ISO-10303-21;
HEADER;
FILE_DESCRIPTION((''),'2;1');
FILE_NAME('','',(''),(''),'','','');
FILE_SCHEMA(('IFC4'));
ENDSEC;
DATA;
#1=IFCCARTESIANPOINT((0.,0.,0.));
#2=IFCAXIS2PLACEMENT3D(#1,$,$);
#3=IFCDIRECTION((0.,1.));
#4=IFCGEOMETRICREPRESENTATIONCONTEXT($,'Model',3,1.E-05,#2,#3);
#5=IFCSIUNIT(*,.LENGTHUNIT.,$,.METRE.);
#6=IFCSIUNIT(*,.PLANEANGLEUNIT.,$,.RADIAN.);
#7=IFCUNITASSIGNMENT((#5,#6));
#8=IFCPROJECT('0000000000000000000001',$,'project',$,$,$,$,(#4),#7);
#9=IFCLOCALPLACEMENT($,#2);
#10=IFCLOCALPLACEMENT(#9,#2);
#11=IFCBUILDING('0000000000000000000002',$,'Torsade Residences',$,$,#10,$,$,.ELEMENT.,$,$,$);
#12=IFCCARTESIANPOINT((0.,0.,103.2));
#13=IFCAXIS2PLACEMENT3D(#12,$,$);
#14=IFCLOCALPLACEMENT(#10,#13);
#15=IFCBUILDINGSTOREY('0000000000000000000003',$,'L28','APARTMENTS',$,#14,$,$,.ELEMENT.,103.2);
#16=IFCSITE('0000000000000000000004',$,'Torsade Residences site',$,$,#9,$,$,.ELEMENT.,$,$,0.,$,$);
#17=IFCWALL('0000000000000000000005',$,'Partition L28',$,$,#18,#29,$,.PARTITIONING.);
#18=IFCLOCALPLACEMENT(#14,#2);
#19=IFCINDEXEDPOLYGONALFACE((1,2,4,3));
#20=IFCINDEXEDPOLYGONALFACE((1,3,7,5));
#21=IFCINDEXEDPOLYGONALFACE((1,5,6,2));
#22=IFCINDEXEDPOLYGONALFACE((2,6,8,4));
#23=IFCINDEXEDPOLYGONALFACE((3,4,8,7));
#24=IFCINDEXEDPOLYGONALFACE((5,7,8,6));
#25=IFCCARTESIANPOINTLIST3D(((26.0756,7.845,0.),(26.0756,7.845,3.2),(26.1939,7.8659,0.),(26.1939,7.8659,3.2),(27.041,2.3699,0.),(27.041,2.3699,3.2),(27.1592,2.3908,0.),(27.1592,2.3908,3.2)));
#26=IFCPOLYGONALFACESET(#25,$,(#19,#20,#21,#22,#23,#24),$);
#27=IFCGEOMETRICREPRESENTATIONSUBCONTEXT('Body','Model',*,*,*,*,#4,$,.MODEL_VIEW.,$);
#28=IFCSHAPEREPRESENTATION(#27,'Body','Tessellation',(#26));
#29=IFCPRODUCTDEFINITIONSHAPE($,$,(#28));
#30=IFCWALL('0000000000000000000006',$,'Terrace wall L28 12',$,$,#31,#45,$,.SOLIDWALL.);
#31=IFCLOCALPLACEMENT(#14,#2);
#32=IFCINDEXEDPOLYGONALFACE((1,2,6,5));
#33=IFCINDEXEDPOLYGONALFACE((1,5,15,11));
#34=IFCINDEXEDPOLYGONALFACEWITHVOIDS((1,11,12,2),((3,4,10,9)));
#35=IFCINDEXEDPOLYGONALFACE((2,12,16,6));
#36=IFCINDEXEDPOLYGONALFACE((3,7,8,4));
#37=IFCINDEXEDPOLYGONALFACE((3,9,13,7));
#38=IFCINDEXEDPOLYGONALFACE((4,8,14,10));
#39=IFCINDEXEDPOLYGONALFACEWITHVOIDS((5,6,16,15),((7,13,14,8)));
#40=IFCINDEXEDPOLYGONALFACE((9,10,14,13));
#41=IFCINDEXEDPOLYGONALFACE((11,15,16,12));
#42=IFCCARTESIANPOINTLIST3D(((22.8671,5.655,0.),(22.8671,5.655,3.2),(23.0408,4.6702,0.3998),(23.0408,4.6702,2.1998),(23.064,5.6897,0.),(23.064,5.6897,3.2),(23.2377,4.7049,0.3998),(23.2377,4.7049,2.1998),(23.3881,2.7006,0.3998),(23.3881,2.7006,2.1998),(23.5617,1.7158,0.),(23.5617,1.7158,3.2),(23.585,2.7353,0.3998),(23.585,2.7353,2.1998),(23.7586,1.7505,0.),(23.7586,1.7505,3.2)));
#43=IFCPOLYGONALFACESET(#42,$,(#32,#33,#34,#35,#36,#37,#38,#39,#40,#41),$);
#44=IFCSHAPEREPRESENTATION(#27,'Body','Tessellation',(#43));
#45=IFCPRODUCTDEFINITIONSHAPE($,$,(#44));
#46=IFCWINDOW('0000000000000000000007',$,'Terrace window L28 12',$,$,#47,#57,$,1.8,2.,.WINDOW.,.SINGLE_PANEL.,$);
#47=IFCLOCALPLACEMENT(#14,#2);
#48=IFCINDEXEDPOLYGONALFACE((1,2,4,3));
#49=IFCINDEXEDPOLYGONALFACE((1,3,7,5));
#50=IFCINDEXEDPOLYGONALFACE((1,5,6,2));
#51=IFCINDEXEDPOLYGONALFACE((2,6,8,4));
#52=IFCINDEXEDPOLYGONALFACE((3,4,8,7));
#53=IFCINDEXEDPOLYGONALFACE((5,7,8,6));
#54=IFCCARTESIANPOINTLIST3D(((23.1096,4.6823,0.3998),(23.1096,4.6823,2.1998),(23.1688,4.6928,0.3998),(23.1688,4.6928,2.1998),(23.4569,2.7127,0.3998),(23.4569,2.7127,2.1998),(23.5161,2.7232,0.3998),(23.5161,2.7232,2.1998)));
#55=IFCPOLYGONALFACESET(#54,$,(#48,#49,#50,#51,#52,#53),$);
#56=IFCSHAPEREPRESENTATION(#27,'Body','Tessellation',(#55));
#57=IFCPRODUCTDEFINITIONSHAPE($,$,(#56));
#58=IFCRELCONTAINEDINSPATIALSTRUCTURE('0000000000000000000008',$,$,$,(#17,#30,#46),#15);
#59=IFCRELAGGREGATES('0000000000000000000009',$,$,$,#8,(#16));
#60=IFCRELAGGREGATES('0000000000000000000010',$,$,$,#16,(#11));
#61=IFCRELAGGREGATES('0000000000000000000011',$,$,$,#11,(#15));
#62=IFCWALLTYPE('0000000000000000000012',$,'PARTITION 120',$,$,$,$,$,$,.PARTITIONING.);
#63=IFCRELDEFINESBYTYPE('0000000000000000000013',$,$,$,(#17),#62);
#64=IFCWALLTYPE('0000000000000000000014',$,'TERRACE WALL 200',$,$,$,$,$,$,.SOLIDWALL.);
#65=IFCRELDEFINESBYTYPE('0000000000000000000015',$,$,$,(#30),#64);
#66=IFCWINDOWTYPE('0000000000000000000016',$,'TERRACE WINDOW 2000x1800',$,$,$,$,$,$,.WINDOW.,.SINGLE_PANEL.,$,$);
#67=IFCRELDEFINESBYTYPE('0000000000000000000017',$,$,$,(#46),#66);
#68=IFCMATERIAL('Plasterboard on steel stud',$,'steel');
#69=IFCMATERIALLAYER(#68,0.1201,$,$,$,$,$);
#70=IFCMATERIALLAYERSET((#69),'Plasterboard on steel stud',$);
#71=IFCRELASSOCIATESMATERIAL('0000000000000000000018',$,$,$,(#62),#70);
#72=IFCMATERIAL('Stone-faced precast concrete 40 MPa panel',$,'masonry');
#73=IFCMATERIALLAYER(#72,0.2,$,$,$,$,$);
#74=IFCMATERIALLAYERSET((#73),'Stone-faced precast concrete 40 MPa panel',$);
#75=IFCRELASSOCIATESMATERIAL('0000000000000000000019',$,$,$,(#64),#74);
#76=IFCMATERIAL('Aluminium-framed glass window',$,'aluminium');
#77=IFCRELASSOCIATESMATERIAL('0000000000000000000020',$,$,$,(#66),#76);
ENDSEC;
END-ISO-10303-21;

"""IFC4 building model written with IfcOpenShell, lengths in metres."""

from ifc_helpers import new_model, si_unit, direction, frame, frame_2d, origin, place, context, subcontext, project, spatial, rectangle, extrude, material, layer, layer_set, type_object, element, fill, save


model = new_model("IFC4")

# Units and contexts
model_context = context("Model", 3, precision=1e-05, world=origin(), true_north=direction((0.0, 1.0)))
body_context = subcontext(model_context, "Body", "Model", "MODEL_VIEW")
ifc_project = project(units=[si_unit("LENGTHUNIT", "METRE"), si_unit("PLANEANGLEUNIT", "RADIAN")], contexts=[model_context])

# Site, building, storey
site_placement = place(None, origin())
site = spatial("IfcSite", under=ifc_project, at=site_placement, Name="Torsade Residences site", CompositionType="ELEMENT", RefElevation=0.0)
building_placement = place(site_placement, origin())
building = spatial("IfcBuilding", under=site, at=building_placement, Name="Torsade Residences", CompositionType="ELEMENT")
storey_placement = place(building_placement, frame((0.0, 0.0, 103.2)))
storey = spatial("IfcBuildingStorey", under=building, at=storey_placement, Name="L28", Description="APARTMENTS", CompositionType="ELEMENT", Elevation=103.2)

# Shared definitions
ifc_material_1 = material(Name="Plasterboard on steel stud", Category="steel")
ifc_layer_1 = layer(ifc_material_1, 0.1201)
ifc_layer_set_1 = layer_set([ifc_layer_1], Name="Plasterboard on steel stud")
wall_type_1 = type_object("IfcWallType", Name="PARTITION 120", PredefinedType="PARTITIONING", material=ifc_layer_set_1)

# Wall
wall_1_placement = place(storey_placement, frame((26.1348, 7.8555, 0.0), z_axis=(0.0, 0.0, 1.0), x_axis=(0.173635, -0.98481, 0.0)))
element("IfcWall", 1, at=wall_1_placement, inside=storey, type_object=wall_type_1, Name="Partition L28", PredefinedType="PARTITIONING", context=body_context, shape_type="SweptSolid", body=[
    extrude(rectangle(XDim=5.5596, YDim=0.1201, at=frame_2d((2.7798, 0.0))), origin(), (0.0, 0.0, 1.0), 3.2),
])

# Wall, opening, window
ifc_material_2 = material(Name="Stone-faced precast concrete 40 MPa panel", Category="masonry")
ifc_layer_2 = layer(ifc_material_2, 0.2)
ifc_layer_set_2 = layer_set([ifc_layer_2], Name="Stone-faced precast concrete 40 MPa panel")
wall_type_2 = type_object("IfcWallType", Name="TERRACE WALL 200", PredefinedType="SOLIDWALL", material=ifc_layer_set_2)
wall_2_placement = place(storey_placement, frame((22.9656, 5.6724, 0.0), z_axis=(0.0, 0.0, 1.0), x_axis=(0.173646, -0.984808, 0.0)))
wall_2 = element("IfcWall", 2, at=wall_2_placement, inside=storey, type_object=wall_type_2, Name="Terrace wall L28 12", PredefinedType="SOLIDWALL", context=body_context, shape_type="SweptSolid", body=[
    extrude(rectangle(XDim=4.0, YDim=0.2, at=frame_2d((2.0, 0.0))), origin(), (0.0, 0.0, 1.0), 3.2),
])
opening_1_placement = place(wall_2_placement, frame((1.0, 0.0, 0.3999)))
opening_1 = element("IfcOpeningElement", 3, at=opening_1_placement, cuts=wall_2, PredefinedType="OPENING", context=body_context, shape_type="SweptSolid", body=[
    extrude(rectangle(XDim=2.0, YDim=1.8, at=frame_2d((1.0, 0.8999))), frame((0.0, 0.1099, 0.0), z_axis=(0.0, -1.0, 0.0), x_axis=(1.0, 0.0, 0.0)), (0.0, 0.0, 1.0), 0.22),
])
ifc_material_3 = material(Name="Aluminium-framed glass window", Category="aluminium")
window_type = type_object("IfcWindowType", Name="TERRACE WINDOW 2000x1800", PartitioningType="SINGLE_PANEL", PredefinedType="WINDOW", material=ifc_material_3)
window_placement = place(opening_1_placement, origin())
window = element("IfcWindow", 4, at=window_placement, inside=storey, type_object=window_type, Name="Terrace window L28 12", OverallHeight=1.8, OverallWidth=2.0, PartitioningType="SINGLE_PANEL", PredefinedType="WINDOW", context=body_context, shape_type="SweptSolid", body=[
    extrude(rectangle(XDim=2.0, YDim=1.8, at=frame_2d((1.0, 0.8999))), frame((0.0, 0.03, 0.0), z_axis=(0.0, -1.0, 0.0), x_axis=(1.0, 0.0, 0.0)), (0.0, 0.0, 1.0), 0.0601),
])
fill(opening_1, window)

save(model, "model.ifc")
